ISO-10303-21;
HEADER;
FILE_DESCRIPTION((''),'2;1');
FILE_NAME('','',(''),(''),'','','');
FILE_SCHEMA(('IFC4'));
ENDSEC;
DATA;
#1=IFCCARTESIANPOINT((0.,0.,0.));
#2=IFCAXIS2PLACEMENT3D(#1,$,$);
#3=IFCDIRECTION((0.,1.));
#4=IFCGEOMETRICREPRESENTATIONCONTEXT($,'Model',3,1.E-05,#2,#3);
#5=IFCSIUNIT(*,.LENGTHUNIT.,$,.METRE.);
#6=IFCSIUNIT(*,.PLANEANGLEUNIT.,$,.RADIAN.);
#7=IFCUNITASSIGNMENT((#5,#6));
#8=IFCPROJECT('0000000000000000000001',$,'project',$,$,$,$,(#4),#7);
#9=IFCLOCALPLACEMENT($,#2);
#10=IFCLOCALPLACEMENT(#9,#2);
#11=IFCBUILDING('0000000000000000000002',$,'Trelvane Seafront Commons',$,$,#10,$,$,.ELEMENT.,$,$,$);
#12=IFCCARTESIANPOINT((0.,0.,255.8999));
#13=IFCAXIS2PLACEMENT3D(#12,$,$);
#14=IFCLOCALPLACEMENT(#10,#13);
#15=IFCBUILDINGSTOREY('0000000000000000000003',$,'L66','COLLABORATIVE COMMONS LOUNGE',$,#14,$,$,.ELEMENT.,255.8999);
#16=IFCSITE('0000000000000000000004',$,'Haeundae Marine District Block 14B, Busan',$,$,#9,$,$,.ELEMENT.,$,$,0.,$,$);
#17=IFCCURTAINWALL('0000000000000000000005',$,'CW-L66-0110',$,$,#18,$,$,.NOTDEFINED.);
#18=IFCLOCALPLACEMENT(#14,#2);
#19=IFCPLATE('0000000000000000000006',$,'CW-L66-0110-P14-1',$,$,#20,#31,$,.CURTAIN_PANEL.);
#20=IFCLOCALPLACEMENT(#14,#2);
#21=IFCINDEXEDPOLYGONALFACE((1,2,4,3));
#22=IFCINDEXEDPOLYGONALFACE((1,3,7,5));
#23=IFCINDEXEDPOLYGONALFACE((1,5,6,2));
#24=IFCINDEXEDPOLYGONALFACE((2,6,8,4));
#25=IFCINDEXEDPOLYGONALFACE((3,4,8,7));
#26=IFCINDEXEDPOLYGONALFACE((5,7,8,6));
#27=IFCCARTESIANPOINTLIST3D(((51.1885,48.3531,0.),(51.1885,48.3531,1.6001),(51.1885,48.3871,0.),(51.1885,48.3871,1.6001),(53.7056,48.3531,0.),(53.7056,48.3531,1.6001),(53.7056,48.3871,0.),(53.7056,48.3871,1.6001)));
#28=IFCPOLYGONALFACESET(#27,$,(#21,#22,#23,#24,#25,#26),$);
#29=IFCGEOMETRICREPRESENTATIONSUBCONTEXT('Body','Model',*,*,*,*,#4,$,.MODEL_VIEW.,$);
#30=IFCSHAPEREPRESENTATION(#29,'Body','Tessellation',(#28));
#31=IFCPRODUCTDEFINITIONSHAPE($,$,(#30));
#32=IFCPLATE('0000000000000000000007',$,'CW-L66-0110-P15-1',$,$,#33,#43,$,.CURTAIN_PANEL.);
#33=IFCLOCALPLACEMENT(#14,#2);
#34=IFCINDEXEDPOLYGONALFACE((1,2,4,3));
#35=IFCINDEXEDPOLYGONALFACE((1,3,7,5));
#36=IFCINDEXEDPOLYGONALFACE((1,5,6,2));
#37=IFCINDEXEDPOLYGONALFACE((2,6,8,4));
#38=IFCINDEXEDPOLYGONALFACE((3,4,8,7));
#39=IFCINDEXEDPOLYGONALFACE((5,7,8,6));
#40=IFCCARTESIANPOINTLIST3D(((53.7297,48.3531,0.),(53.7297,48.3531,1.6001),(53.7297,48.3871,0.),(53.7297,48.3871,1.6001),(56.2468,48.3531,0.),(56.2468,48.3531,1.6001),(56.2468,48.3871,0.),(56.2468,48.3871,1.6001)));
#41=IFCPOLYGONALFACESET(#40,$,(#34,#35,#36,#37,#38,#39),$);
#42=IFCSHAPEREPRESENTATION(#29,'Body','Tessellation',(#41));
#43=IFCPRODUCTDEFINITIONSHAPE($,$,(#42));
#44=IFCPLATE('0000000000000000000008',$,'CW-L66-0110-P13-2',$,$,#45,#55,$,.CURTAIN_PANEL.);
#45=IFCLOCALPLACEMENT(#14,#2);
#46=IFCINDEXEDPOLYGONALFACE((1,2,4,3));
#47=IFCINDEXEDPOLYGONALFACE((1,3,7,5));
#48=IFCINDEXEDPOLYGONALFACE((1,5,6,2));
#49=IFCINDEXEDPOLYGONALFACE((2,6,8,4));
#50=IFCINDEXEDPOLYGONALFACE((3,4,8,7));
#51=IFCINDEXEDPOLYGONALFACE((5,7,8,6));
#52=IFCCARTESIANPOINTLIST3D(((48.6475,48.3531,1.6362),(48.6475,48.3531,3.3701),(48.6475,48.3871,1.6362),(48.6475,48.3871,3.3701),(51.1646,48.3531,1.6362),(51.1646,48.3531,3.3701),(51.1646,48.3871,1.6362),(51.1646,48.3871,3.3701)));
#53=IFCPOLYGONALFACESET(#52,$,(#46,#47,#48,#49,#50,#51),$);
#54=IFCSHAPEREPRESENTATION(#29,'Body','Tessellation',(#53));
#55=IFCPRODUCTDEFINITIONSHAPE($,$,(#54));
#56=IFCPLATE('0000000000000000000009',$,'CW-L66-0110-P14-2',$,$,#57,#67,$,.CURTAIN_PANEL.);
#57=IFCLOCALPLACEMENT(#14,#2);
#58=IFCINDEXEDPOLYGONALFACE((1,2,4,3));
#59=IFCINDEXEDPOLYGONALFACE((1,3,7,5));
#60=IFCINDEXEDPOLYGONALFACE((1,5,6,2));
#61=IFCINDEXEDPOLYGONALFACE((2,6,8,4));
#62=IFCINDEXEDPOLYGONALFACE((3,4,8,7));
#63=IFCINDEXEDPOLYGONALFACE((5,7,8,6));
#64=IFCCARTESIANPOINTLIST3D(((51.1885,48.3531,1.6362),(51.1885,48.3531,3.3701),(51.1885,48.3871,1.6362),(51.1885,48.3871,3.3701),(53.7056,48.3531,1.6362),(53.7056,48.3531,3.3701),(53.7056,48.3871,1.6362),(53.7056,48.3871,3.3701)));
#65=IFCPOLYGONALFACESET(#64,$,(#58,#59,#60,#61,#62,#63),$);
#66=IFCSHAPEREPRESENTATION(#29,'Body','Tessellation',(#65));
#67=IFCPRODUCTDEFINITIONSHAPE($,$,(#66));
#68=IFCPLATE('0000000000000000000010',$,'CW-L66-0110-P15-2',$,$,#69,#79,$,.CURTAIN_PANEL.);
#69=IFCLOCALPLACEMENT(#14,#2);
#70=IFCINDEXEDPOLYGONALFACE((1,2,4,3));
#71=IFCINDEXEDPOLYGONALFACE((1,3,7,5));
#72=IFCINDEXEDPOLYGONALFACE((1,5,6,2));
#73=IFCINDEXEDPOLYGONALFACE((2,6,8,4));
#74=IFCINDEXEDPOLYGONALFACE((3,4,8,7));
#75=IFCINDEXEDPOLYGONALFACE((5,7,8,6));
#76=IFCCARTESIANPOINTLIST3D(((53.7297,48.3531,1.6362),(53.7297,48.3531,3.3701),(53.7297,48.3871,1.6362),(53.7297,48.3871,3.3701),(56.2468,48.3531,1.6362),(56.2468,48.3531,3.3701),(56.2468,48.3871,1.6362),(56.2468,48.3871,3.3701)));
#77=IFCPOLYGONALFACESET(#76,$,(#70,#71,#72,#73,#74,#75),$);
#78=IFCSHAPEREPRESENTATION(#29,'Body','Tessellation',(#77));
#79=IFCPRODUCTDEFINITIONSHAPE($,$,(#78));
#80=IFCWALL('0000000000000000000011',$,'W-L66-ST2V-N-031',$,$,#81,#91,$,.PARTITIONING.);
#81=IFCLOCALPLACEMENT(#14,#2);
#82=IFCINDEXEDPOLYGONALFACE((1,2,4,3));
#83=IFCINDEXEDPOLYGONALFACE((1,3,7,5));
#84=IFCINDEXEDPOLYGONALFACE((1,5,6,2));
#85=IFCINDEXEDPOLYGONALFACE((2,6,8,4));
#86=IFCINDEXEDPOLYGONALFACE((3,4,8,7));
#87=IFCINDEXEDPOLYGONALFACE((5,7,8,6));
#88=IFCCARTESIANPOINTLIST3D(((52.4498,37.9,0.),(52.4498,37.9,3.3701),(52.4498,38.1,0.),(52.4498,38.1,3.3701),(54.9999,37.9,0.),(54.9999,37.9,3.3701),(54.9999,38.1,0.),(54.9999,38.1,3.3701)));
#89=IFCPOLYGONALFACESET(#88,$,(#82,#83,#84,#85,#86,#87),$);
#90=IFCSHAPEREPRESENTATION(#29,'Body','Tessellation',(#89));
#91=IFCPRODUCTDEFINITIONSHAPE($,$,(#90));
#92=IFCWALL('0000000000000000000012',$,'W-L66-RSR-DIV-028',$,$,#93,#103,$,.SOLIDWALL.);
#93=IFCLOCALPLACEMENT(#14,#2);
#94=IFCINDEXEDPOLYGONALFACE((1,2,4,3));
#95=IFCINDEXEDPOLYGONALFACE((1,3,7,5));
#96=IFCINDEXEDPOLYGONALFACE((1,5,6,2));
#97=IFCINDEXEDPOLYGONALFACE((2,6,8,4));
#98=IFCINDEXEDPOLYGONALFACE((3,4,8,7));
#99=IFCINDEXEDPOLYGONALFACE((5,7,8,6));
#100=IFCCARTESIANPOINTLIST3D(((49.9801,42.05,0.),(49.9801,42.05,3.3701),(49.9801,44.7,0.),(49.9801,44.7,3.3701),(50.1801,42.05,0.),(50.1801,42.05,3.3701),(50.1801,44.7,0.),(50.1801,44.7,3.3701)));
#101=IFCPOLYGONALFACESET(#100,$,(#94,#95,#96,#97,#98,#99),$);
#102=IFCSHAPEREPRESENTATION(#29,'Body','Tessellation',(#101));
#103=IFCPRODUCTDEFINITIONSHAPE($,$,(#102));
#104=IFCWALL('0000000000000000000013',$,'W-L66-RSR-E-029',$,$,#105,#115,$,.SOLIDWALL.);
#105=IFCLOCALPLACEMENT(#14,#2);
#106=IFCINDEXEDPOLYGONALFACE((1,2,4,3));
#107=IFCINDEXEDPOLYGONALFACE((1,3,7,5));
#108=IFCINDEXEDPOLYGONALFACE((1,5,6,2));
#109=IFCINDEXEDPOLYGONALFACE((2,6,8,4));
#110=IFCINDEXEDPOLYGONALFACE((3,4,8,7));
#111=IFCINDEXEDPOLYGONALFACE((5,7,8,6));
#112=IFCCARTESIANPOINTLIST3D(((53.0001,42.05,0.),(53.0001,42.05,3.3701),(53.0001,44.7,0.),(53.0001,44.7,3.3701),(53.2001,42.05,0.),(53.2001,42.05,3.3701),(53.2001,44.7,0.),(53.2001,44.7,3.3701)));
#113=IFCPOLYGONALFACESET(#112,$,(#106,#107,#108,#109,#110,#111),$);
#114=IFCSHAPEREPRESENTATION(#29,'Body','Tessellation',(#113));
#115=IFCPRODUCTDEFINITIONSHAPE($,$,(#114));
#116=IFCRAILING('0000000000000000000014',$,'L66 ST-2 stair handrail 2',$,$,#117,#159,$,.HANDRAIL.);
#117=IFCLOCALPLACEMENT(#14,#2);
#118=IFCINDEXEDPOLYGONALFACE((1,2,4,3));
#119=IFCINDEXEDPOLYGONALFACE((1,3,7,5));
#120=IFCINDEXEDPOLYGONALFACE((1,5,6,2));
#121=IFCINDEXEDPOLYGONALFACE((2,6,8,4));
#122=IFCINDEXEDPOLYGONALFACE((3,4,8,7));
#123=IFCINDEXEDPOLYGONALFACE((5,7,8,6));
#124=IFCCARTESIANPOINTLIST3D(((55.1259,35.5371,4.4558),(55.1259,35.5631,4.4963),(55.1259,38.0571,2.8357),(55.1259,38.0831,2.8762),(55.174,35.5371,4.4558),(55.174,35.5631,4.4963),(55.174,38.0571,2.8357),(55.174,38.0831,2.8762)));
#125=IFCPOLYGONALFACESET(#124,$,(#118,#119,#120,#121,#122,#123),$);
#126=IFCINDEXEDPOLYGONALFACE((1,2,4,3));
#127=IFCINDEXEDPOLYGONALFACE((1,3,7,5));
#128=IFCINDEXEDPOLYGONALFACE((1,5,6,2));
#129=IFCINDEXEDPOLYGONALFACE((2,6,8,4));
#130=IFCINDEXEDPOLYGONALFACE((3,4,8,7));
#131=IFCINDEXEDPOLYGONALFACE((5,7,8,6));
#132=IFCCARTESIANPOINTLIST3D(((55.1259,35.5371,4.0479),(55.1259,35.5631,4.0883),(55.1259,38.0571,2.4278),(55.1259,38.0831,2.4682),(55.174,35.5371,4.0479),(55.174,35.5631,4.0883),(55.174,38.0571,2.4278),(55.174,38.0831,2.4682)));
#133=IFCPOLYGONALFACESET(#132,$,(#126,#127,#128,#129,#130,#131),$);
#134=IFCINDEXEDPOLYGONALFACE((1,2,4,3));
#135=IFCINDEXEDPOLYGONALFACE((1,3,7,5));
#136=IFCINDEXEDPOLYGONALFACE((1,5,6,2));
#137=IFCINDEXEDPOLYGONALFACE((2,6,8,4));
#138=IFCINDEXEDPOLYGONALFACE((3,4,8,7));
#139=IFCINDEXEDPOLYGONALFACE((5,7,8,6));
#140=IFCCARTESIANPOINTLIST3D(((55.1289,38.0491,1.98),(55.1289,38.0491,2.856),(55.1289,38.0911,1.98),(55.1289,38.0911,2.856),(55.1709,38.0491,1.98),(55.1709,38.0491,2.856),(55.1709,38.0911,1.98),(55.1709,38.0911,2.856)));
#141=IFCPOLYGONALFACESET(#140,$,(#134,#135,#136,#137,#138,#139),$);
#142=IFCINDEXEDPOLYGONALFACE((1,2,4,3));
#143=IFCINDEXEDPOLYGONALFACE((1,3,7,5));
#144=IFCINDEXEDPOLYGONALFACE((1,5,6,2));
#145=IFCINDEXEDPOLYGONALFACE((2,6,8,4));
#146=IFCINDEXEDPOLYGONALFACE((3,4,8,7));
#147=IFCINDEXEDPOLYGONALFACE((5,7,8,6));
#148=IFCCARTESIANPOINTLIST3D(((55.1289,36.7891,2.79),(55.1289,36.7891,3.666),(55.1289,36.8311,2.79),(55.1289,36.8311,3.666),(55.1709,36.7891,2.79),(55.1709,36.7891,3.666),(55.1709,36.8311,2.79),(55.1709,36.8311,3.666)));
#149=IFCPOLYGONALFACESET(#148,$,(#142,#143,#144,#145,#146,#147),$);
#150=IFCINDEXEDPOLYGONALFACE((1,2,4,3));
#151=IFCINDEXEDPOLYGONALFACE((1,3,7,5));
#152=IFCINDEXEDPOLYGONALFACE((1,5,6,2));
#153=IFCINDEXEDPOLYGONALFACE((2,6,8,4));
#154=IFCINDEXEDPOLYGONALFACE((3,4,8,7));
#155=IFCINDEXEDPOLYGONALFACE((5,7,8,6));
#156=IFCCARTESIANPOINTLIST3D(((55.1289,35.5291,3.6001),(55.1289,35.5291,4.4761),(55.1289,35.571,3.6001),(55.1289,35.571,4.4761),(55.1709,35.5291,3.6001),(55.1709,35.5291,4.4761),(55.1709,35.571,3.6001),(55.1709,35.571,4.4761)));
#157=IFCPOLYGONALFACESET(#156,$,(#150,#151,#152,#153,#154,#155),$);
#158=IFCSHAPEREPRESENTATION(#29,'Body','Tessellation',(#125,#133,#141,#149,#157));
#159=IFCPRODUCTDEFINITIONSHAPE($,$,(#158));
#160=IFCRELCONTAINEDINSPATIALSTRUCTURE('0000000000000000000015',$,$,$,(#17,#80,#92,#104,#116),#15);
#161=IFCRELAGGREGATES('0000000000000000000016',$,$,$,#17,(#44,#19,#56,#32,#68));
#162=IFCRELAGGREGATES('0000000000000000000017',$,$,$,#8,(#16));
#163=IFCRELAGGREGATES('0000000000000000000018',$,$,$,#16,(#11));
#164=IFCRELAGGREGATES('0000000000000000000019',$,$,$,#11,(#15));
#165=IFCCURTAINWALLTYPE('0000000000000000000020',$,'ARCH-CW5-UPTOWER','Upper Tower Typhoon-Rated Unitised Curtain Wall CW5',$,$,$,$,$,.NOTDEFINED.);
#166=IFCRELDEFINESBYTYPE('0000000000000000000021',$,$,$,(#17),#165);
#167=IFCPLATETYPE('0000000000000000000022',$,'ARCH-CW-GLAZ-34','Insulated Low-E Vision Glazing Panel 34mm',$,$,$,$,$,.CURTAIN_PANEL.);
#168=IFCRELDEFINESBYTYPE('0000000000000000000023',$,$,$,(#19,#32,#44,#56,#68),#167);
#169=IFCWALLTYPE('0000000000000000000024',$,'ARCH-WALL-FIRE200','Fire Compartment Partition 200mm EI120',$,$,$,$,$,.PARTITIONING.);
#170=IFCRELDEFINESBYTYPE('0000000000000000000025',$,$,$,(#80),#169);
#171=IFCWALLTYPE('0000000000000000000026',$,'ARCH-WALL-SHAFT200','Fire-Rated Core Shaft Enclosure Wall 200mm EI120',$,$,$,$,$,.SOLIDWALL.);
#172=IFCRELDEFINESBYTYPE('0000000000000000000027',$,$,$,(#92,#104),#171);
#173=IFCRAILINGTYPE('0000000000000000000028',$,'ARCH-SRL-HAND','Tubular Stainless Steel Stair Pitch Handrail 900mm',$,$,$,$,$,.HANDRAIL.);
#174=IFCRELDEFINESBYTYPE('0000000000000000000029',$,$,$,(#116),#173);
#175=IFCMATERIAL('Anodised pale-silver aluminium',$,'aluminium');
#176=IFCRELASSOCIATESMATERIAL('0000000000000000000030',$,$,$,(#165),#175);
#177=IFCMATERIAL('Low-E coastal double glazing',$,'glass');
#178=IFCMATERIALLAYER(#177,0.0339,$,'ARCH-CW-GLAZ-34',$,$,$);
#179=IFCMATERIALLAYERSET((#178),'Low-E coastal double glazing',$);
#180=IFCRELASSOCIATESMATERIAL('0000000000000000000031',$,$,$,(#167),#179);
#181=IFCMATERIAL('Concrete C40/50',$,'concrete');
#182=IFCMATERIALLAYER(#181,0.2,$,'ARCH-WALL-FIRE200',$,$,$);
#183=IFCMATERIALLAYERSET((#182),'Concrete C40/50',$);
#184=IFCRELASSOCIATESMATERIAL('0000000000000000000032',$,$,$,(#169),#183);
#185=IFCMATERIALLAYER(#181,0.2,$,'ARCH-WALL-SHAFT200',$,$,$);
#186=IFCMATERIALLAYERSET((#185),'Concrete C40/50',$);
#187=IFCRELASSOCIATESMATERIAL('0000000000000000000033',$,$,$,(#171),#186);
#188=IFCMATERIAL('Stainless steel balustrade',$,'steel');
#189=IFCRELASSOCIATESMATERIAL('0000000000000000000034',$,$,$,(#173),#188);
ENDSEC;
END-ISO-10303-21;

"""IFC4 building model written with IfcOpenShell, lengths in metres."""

from ifc_helpers import new_model, si_unit, direction, frame, frame_2d, origin, origin_2d, place, context, subcontext, project, spatial, rectangle, extrude, source, transform, mapped, material, layer, layer_set, type_object, element, aggregate, save


model = new_model("IFC4")

# Units and contexts
model_context = context("Model", 3, precision=1e-05, world=origin(), true_north=direction((0.0, 1.0)))
body_context = subcontext(model_context, "Body", "Model", "MODEL_VIEW")
ifc_project = project(units=[si_unit("LENGTHUNIT", "METRE"), si_unit("PLANEANGLEUNIT", "RADIAN")], contexts=[model_context])

# Site, building, storey
site_placement = place(None, origin())
site = spatial("IfcSite", under=ifc_project, at=site_placement, Name="Haeundae Marine District Block 14B, Busan", CompositionType="ELEMENT", RefElevation=0.0)
building_placement = place(site_placement, origin())
building = spatial("IfcBuilding", under=site, at=building_placement, Name="Trelvane Seafront Commons", CompositionType="ELEMENT")
storey_placement = place(building_placement, frame((0.0, 0.0, 255.8999)))
storey = spatial("IfcBuildingStorey", under=building, at=storey_placement, Name="L66", Description="COLLABORATIVE COMMONS LOUNGE", CompositionType="ELEMENT", Elevation=255.8999)

# Curtain wall
ifc_material_1 = material(Name="Anodised pale-silver aluminium", Category="aluminium")
curtain_wall_type = type_object("IfcCurtainWallType", Name="ARCH-CW5-UPTOWER", Description="Upper Tower Typhoon-Rated Unitised Curtain Wall CW5", PredefinedType="NOTDEFINED", material=ifc_material_1)
curtain_wall_placement = place(storey_placement, origin())
curtain_wall = element("IfcCurtainWall", 1, at=curtain_wall_placement, inside=storey, type_object=curtain_wall_type, Name="CW-L66-0110", PredefinedType="NOTDEFINED")

# Plates
ifc_material_2 = material(Name="Low-E coastal double glazing", Category="glass")
ifc_layer_1 = layer(ifc_material_2, 0.0339, Name="ARCH-CW-GLAZ-34")
ifc_layer_set_1 = layer_set([ifc_layer_1], Name="Low-E coastal double glazing")
plate_type_1 = type_object("IfcPlateType", Name="ARCH-CW-GLAZ-34", Description="Insulated Low-E Vision Glazing Panel 34mm", PredefinedType="CURTAIN_PANEL", material=ifc_layer_set_1)
shared_shape_1 = source(origin(), body_context, "Body", "SweptSolid", [
    extrude(rectangle(XDim=2.5171, YDim=0.0339, at=origin_2d()), origin(), (0.0, 0.0, 1.0), 1.6001),
])
plate_1_placement = place(storey_placement, frame((52.447, 48.3701, 0.0), z_axis=(0.0, 0.0, 1.0), x_axis=(1.0, 0.0, 0.0)))
plate_1 = element("IfcPlate", 2, at=plate_1_placement, type_object=plate_type_1, Name="CW-L66-0110-P14-1", PredefinedType="CURTAIN_PANEL", context=body_context, shape_type="MappedRepresentation", body=[
    mapped(shared_shape_1, transform((0.0, 0.0, 0.0), x_axis=(1.0, 0.0, 0.0), y_axis=(0.0, 1.0, 0.0), z_axis=(0.0, 0.0, 1.0), scale=1.0)),
])
plate_2_placement = place(storey_placement, frame((54.9883, 48.3701, 0.0), z_axis=(0.0, 0.0, 1.0), x_axis=(1.0, 0.0, 0.0)))
plate_2 = element("IfcPlate", 3, at=plate_2_placement, type_object=plate_type_1, Name="CW-L66-0110-P15-1", PredefinedType="CURTAIN_PANEL", context=body_context, shape_type="MappedRepresentation", body=[
    mapped(shared_shape_1, transform((0.0, 0.0, 0.0), x_axis=(1.0, 0.0, 0.0), y_axis=(0.0, 1.0, 0.0), z_axis=(0.0, 0.0, 1.0), scale=1.0)),
])
shared_shape_2 = source(origin(), body_context, "Body", "SweptSolid", [
    extrude(rectangle(XDim=2.5171, YDim=0.0339, at=origin_2d()), origin(), (0.0, 0.0, 1.0), 1.7339),
])
plate_3_placement = place(storey_placement, frame((49.906, 48.3701, 1.6362), z_axis=(0.0, 0.0, 1.0), x_axis=(1.0, 0.0, 0.0)))
plate_3 = element("IfcPlate", 4, at=plate_3_placement, type_object=plate_type_1, Name="CW-L66-0110-P13-2", PredefinedType="CURTAIN_PANEL", context=body_context, shape_type="MappedRepresentation", body=[
    mapped(shared_shape_2, transform((0.0, 0.0, 0.0), x_axis=(1.0, 0.0, 0.0), y_axis=(0.0, 1.0, 0.0), z_axis=(0.0, 0.0, 1.0), scale=1.0)),
])
plate_4_placement = place(storey_placement, frame((52.447, 48.3701, 1.6362), z_axis=(0.0, 0.0, 1.0), x_axis=(1.0, 0.0, 0.0)))
plate_4 = element("IfcPlate", 5, at=plate_4_placement, type_object=plate_type_1, Name="CW-L66-0110-P14-2", PredefinedType="CURTAIN_PANEL", context=body_context, shape_type="MappedRepresentation", body=[
    mapped(shared_shape_2, transform((0.0, 0.0, 0.0), x_axis=(1.0, 0.0, 0.0), y_axis=(0.0, 1.0, 0.0), z_axis=(0.0, 0.0, 1.0), scale=1.0)),
])
plate_5_placement = place(storey_placement, frame((54.9883, 48.3701, 1.6362), z_axis=(0.0, 0.0, 1.0), x_axis=(1.0, 0.0, 0.0)))
plate_5 = element("IfcPlate", 6, at=plate_5_placement, type_object=plate_type_1, Name="CW-L66-0110-P15-2", PredefinedType="CURTAIN_PANEL", context=body_context, shape_type="MappedRepresentation", body=[
    mapped(shared_shape_2, transform((0.0, 0.0, 0.0), x_axis=(1.0, 0.0, 0.0), y_axis=(0.0, 1.0, 0.0), z_axis=(0.0, 0.0, 1.0), scale=1.0)),
])
aggregate(curtain_wall, [plate_3, plate_1, plate_4, plate_2, plate_5])

# Walls
ifc_material_3 = material(Name="Concrete C40/50", Category="concrete")
ifc_layer_2 = layer(ifc_material_3, 0.2, Name="ARCH-WALL-FIRE200")
ifc_layer_set_2 = layer_set([ifc_layer_2], Name="Concrete C40/50")
wall_type_1 = type_object("IfcWallType", Name="ARCH-WALL-FIRE200", Description="Fire Compartment Partition 200mm EI120", PredefinedType="PARTITIONING", material=ifc_layer_set_2)
wall_placement = place(storey_placement, frame((52.45, 38.0, 0.0), z_axis=(0.0, 0.0, 1.0), x_axis=(1.0, 0.0, 0.0)))
element("IfcWall", 7, at=wall_placement, inside=storey, type_object=wall_type_1, Name="W-L66-ST2V-N-031", PredefinedType="PARTITIONING", context=body_context, shape_type="SweptSolid", body=[
    extrude(rectangle(XDim=2.55, YDim=0.2, at=frame_2d((1.2749, 0.0))), origin(), (0.0, 0.0, 1.0), 3.3701),
])
ifc_layer_3 = layer(ifc_material_3, 0.2, Name="ARCH-WALL-SHAFT200")
ifc_layer_set_3 = layer_set([ifc_layer_3], Name="Concrete C40/50")
wall_type_2 = type_object("IfcWallType", Name="ARCH-WALL-SHAFT200", Description="Fire-Rated Core Shaft Enclosure Wall 200mm EI120", PredefinedType="SOLIDWALL", material=ifc_layer_set_3)
for number, where, z_axis, x_axis, name in (
    (8, (50.0801, 42.05, 0.0), (0.0, 0.0, 1.0), (0.0, 1.0, 0.0), "W-L66-RSR-DIV-028"),
    (9, (53.1001, 42.05, 0.0), (0.0, 0.0, 1.0), (0.0, 1.0, 0.0), "W-L66-RSR-E-029"),
):
    element("IfcWall", number, at=place(storey_placement, frame(where, z_axis=z_axis, x_axis=x_axis)), inside=storey, type_object=wall_type_2, Name=name, PredefinedType="SOLIDWALL", context=body_context, shape_type="SweptSolid", body=[
        extrude(rectangle(XDim=2.6499, YDim=0.2, at=frame_2d((1.325, 0.0))), origin(), (0.0, 0.0, 1.0), 3.3701),
    ])

# Railing
ifc_material_4 = material(Name="Stainless steel balustrade", Category="steel")
railing_type = type_object("IfcRailingType", Name="ARCH-SRL-HAND", Description="Tubular Stainless Steel Stair Pitch Handrail 900mm", PredefinedType="HANDRAIL", material=ifc_material_4)
railing_placement = place(storey_placement, frame((55.1499, 38.0701, 1.98)))
element("IfcRailing", 10, at=railing_placement, inside=storey, type_object=railing_type, Name="L66 ST-2 stair handrail 2", PredefinedType="HANDRAIL", context=body_context, shape_type="SweptSolid", body=[
    extrude(rectangle(XDim=0.0481, YDim=0.0481, at=origin_2d()), frame((0.0, 0.0, 0.876), z_axis=(0.0, -0.841163, 0.540782), x_axis=(1.0, 0.0, 0.0)), (0.0, 0.0, 1.0), 2.9958),
    extrude(rectangle(XDim=0.0481, YDim=0.0481, at=origin_2d()), frame((0.0, 0.0, 0.468), z_axis=(0.0, -0.841163, 0.540782), x_axis=(1.0, 0.0, 0.0)), (0.0, 0.0, 1.0), 2.9958),
    extrude(rectangle(XDim=0.042, YDim=0.042, at=origin_2d()), origin(), (0.0, 0.0, 1.0), 0.876),
    extrude(rectangle(XDim=0.042, YDim=0.042, at=origin_2d()), frame((0.0, -1.26, 0.8101)), (0.0, 0.0, 1.0), 0.876),
    extrude(rectangle(XDim=0.042, YDim=0.042, at=origin_2d()), frame((0.0, -2.52, 1.6201)), (0.0, 0.0, 1.0), 0.876),
])

save(model, "model.ifc")
